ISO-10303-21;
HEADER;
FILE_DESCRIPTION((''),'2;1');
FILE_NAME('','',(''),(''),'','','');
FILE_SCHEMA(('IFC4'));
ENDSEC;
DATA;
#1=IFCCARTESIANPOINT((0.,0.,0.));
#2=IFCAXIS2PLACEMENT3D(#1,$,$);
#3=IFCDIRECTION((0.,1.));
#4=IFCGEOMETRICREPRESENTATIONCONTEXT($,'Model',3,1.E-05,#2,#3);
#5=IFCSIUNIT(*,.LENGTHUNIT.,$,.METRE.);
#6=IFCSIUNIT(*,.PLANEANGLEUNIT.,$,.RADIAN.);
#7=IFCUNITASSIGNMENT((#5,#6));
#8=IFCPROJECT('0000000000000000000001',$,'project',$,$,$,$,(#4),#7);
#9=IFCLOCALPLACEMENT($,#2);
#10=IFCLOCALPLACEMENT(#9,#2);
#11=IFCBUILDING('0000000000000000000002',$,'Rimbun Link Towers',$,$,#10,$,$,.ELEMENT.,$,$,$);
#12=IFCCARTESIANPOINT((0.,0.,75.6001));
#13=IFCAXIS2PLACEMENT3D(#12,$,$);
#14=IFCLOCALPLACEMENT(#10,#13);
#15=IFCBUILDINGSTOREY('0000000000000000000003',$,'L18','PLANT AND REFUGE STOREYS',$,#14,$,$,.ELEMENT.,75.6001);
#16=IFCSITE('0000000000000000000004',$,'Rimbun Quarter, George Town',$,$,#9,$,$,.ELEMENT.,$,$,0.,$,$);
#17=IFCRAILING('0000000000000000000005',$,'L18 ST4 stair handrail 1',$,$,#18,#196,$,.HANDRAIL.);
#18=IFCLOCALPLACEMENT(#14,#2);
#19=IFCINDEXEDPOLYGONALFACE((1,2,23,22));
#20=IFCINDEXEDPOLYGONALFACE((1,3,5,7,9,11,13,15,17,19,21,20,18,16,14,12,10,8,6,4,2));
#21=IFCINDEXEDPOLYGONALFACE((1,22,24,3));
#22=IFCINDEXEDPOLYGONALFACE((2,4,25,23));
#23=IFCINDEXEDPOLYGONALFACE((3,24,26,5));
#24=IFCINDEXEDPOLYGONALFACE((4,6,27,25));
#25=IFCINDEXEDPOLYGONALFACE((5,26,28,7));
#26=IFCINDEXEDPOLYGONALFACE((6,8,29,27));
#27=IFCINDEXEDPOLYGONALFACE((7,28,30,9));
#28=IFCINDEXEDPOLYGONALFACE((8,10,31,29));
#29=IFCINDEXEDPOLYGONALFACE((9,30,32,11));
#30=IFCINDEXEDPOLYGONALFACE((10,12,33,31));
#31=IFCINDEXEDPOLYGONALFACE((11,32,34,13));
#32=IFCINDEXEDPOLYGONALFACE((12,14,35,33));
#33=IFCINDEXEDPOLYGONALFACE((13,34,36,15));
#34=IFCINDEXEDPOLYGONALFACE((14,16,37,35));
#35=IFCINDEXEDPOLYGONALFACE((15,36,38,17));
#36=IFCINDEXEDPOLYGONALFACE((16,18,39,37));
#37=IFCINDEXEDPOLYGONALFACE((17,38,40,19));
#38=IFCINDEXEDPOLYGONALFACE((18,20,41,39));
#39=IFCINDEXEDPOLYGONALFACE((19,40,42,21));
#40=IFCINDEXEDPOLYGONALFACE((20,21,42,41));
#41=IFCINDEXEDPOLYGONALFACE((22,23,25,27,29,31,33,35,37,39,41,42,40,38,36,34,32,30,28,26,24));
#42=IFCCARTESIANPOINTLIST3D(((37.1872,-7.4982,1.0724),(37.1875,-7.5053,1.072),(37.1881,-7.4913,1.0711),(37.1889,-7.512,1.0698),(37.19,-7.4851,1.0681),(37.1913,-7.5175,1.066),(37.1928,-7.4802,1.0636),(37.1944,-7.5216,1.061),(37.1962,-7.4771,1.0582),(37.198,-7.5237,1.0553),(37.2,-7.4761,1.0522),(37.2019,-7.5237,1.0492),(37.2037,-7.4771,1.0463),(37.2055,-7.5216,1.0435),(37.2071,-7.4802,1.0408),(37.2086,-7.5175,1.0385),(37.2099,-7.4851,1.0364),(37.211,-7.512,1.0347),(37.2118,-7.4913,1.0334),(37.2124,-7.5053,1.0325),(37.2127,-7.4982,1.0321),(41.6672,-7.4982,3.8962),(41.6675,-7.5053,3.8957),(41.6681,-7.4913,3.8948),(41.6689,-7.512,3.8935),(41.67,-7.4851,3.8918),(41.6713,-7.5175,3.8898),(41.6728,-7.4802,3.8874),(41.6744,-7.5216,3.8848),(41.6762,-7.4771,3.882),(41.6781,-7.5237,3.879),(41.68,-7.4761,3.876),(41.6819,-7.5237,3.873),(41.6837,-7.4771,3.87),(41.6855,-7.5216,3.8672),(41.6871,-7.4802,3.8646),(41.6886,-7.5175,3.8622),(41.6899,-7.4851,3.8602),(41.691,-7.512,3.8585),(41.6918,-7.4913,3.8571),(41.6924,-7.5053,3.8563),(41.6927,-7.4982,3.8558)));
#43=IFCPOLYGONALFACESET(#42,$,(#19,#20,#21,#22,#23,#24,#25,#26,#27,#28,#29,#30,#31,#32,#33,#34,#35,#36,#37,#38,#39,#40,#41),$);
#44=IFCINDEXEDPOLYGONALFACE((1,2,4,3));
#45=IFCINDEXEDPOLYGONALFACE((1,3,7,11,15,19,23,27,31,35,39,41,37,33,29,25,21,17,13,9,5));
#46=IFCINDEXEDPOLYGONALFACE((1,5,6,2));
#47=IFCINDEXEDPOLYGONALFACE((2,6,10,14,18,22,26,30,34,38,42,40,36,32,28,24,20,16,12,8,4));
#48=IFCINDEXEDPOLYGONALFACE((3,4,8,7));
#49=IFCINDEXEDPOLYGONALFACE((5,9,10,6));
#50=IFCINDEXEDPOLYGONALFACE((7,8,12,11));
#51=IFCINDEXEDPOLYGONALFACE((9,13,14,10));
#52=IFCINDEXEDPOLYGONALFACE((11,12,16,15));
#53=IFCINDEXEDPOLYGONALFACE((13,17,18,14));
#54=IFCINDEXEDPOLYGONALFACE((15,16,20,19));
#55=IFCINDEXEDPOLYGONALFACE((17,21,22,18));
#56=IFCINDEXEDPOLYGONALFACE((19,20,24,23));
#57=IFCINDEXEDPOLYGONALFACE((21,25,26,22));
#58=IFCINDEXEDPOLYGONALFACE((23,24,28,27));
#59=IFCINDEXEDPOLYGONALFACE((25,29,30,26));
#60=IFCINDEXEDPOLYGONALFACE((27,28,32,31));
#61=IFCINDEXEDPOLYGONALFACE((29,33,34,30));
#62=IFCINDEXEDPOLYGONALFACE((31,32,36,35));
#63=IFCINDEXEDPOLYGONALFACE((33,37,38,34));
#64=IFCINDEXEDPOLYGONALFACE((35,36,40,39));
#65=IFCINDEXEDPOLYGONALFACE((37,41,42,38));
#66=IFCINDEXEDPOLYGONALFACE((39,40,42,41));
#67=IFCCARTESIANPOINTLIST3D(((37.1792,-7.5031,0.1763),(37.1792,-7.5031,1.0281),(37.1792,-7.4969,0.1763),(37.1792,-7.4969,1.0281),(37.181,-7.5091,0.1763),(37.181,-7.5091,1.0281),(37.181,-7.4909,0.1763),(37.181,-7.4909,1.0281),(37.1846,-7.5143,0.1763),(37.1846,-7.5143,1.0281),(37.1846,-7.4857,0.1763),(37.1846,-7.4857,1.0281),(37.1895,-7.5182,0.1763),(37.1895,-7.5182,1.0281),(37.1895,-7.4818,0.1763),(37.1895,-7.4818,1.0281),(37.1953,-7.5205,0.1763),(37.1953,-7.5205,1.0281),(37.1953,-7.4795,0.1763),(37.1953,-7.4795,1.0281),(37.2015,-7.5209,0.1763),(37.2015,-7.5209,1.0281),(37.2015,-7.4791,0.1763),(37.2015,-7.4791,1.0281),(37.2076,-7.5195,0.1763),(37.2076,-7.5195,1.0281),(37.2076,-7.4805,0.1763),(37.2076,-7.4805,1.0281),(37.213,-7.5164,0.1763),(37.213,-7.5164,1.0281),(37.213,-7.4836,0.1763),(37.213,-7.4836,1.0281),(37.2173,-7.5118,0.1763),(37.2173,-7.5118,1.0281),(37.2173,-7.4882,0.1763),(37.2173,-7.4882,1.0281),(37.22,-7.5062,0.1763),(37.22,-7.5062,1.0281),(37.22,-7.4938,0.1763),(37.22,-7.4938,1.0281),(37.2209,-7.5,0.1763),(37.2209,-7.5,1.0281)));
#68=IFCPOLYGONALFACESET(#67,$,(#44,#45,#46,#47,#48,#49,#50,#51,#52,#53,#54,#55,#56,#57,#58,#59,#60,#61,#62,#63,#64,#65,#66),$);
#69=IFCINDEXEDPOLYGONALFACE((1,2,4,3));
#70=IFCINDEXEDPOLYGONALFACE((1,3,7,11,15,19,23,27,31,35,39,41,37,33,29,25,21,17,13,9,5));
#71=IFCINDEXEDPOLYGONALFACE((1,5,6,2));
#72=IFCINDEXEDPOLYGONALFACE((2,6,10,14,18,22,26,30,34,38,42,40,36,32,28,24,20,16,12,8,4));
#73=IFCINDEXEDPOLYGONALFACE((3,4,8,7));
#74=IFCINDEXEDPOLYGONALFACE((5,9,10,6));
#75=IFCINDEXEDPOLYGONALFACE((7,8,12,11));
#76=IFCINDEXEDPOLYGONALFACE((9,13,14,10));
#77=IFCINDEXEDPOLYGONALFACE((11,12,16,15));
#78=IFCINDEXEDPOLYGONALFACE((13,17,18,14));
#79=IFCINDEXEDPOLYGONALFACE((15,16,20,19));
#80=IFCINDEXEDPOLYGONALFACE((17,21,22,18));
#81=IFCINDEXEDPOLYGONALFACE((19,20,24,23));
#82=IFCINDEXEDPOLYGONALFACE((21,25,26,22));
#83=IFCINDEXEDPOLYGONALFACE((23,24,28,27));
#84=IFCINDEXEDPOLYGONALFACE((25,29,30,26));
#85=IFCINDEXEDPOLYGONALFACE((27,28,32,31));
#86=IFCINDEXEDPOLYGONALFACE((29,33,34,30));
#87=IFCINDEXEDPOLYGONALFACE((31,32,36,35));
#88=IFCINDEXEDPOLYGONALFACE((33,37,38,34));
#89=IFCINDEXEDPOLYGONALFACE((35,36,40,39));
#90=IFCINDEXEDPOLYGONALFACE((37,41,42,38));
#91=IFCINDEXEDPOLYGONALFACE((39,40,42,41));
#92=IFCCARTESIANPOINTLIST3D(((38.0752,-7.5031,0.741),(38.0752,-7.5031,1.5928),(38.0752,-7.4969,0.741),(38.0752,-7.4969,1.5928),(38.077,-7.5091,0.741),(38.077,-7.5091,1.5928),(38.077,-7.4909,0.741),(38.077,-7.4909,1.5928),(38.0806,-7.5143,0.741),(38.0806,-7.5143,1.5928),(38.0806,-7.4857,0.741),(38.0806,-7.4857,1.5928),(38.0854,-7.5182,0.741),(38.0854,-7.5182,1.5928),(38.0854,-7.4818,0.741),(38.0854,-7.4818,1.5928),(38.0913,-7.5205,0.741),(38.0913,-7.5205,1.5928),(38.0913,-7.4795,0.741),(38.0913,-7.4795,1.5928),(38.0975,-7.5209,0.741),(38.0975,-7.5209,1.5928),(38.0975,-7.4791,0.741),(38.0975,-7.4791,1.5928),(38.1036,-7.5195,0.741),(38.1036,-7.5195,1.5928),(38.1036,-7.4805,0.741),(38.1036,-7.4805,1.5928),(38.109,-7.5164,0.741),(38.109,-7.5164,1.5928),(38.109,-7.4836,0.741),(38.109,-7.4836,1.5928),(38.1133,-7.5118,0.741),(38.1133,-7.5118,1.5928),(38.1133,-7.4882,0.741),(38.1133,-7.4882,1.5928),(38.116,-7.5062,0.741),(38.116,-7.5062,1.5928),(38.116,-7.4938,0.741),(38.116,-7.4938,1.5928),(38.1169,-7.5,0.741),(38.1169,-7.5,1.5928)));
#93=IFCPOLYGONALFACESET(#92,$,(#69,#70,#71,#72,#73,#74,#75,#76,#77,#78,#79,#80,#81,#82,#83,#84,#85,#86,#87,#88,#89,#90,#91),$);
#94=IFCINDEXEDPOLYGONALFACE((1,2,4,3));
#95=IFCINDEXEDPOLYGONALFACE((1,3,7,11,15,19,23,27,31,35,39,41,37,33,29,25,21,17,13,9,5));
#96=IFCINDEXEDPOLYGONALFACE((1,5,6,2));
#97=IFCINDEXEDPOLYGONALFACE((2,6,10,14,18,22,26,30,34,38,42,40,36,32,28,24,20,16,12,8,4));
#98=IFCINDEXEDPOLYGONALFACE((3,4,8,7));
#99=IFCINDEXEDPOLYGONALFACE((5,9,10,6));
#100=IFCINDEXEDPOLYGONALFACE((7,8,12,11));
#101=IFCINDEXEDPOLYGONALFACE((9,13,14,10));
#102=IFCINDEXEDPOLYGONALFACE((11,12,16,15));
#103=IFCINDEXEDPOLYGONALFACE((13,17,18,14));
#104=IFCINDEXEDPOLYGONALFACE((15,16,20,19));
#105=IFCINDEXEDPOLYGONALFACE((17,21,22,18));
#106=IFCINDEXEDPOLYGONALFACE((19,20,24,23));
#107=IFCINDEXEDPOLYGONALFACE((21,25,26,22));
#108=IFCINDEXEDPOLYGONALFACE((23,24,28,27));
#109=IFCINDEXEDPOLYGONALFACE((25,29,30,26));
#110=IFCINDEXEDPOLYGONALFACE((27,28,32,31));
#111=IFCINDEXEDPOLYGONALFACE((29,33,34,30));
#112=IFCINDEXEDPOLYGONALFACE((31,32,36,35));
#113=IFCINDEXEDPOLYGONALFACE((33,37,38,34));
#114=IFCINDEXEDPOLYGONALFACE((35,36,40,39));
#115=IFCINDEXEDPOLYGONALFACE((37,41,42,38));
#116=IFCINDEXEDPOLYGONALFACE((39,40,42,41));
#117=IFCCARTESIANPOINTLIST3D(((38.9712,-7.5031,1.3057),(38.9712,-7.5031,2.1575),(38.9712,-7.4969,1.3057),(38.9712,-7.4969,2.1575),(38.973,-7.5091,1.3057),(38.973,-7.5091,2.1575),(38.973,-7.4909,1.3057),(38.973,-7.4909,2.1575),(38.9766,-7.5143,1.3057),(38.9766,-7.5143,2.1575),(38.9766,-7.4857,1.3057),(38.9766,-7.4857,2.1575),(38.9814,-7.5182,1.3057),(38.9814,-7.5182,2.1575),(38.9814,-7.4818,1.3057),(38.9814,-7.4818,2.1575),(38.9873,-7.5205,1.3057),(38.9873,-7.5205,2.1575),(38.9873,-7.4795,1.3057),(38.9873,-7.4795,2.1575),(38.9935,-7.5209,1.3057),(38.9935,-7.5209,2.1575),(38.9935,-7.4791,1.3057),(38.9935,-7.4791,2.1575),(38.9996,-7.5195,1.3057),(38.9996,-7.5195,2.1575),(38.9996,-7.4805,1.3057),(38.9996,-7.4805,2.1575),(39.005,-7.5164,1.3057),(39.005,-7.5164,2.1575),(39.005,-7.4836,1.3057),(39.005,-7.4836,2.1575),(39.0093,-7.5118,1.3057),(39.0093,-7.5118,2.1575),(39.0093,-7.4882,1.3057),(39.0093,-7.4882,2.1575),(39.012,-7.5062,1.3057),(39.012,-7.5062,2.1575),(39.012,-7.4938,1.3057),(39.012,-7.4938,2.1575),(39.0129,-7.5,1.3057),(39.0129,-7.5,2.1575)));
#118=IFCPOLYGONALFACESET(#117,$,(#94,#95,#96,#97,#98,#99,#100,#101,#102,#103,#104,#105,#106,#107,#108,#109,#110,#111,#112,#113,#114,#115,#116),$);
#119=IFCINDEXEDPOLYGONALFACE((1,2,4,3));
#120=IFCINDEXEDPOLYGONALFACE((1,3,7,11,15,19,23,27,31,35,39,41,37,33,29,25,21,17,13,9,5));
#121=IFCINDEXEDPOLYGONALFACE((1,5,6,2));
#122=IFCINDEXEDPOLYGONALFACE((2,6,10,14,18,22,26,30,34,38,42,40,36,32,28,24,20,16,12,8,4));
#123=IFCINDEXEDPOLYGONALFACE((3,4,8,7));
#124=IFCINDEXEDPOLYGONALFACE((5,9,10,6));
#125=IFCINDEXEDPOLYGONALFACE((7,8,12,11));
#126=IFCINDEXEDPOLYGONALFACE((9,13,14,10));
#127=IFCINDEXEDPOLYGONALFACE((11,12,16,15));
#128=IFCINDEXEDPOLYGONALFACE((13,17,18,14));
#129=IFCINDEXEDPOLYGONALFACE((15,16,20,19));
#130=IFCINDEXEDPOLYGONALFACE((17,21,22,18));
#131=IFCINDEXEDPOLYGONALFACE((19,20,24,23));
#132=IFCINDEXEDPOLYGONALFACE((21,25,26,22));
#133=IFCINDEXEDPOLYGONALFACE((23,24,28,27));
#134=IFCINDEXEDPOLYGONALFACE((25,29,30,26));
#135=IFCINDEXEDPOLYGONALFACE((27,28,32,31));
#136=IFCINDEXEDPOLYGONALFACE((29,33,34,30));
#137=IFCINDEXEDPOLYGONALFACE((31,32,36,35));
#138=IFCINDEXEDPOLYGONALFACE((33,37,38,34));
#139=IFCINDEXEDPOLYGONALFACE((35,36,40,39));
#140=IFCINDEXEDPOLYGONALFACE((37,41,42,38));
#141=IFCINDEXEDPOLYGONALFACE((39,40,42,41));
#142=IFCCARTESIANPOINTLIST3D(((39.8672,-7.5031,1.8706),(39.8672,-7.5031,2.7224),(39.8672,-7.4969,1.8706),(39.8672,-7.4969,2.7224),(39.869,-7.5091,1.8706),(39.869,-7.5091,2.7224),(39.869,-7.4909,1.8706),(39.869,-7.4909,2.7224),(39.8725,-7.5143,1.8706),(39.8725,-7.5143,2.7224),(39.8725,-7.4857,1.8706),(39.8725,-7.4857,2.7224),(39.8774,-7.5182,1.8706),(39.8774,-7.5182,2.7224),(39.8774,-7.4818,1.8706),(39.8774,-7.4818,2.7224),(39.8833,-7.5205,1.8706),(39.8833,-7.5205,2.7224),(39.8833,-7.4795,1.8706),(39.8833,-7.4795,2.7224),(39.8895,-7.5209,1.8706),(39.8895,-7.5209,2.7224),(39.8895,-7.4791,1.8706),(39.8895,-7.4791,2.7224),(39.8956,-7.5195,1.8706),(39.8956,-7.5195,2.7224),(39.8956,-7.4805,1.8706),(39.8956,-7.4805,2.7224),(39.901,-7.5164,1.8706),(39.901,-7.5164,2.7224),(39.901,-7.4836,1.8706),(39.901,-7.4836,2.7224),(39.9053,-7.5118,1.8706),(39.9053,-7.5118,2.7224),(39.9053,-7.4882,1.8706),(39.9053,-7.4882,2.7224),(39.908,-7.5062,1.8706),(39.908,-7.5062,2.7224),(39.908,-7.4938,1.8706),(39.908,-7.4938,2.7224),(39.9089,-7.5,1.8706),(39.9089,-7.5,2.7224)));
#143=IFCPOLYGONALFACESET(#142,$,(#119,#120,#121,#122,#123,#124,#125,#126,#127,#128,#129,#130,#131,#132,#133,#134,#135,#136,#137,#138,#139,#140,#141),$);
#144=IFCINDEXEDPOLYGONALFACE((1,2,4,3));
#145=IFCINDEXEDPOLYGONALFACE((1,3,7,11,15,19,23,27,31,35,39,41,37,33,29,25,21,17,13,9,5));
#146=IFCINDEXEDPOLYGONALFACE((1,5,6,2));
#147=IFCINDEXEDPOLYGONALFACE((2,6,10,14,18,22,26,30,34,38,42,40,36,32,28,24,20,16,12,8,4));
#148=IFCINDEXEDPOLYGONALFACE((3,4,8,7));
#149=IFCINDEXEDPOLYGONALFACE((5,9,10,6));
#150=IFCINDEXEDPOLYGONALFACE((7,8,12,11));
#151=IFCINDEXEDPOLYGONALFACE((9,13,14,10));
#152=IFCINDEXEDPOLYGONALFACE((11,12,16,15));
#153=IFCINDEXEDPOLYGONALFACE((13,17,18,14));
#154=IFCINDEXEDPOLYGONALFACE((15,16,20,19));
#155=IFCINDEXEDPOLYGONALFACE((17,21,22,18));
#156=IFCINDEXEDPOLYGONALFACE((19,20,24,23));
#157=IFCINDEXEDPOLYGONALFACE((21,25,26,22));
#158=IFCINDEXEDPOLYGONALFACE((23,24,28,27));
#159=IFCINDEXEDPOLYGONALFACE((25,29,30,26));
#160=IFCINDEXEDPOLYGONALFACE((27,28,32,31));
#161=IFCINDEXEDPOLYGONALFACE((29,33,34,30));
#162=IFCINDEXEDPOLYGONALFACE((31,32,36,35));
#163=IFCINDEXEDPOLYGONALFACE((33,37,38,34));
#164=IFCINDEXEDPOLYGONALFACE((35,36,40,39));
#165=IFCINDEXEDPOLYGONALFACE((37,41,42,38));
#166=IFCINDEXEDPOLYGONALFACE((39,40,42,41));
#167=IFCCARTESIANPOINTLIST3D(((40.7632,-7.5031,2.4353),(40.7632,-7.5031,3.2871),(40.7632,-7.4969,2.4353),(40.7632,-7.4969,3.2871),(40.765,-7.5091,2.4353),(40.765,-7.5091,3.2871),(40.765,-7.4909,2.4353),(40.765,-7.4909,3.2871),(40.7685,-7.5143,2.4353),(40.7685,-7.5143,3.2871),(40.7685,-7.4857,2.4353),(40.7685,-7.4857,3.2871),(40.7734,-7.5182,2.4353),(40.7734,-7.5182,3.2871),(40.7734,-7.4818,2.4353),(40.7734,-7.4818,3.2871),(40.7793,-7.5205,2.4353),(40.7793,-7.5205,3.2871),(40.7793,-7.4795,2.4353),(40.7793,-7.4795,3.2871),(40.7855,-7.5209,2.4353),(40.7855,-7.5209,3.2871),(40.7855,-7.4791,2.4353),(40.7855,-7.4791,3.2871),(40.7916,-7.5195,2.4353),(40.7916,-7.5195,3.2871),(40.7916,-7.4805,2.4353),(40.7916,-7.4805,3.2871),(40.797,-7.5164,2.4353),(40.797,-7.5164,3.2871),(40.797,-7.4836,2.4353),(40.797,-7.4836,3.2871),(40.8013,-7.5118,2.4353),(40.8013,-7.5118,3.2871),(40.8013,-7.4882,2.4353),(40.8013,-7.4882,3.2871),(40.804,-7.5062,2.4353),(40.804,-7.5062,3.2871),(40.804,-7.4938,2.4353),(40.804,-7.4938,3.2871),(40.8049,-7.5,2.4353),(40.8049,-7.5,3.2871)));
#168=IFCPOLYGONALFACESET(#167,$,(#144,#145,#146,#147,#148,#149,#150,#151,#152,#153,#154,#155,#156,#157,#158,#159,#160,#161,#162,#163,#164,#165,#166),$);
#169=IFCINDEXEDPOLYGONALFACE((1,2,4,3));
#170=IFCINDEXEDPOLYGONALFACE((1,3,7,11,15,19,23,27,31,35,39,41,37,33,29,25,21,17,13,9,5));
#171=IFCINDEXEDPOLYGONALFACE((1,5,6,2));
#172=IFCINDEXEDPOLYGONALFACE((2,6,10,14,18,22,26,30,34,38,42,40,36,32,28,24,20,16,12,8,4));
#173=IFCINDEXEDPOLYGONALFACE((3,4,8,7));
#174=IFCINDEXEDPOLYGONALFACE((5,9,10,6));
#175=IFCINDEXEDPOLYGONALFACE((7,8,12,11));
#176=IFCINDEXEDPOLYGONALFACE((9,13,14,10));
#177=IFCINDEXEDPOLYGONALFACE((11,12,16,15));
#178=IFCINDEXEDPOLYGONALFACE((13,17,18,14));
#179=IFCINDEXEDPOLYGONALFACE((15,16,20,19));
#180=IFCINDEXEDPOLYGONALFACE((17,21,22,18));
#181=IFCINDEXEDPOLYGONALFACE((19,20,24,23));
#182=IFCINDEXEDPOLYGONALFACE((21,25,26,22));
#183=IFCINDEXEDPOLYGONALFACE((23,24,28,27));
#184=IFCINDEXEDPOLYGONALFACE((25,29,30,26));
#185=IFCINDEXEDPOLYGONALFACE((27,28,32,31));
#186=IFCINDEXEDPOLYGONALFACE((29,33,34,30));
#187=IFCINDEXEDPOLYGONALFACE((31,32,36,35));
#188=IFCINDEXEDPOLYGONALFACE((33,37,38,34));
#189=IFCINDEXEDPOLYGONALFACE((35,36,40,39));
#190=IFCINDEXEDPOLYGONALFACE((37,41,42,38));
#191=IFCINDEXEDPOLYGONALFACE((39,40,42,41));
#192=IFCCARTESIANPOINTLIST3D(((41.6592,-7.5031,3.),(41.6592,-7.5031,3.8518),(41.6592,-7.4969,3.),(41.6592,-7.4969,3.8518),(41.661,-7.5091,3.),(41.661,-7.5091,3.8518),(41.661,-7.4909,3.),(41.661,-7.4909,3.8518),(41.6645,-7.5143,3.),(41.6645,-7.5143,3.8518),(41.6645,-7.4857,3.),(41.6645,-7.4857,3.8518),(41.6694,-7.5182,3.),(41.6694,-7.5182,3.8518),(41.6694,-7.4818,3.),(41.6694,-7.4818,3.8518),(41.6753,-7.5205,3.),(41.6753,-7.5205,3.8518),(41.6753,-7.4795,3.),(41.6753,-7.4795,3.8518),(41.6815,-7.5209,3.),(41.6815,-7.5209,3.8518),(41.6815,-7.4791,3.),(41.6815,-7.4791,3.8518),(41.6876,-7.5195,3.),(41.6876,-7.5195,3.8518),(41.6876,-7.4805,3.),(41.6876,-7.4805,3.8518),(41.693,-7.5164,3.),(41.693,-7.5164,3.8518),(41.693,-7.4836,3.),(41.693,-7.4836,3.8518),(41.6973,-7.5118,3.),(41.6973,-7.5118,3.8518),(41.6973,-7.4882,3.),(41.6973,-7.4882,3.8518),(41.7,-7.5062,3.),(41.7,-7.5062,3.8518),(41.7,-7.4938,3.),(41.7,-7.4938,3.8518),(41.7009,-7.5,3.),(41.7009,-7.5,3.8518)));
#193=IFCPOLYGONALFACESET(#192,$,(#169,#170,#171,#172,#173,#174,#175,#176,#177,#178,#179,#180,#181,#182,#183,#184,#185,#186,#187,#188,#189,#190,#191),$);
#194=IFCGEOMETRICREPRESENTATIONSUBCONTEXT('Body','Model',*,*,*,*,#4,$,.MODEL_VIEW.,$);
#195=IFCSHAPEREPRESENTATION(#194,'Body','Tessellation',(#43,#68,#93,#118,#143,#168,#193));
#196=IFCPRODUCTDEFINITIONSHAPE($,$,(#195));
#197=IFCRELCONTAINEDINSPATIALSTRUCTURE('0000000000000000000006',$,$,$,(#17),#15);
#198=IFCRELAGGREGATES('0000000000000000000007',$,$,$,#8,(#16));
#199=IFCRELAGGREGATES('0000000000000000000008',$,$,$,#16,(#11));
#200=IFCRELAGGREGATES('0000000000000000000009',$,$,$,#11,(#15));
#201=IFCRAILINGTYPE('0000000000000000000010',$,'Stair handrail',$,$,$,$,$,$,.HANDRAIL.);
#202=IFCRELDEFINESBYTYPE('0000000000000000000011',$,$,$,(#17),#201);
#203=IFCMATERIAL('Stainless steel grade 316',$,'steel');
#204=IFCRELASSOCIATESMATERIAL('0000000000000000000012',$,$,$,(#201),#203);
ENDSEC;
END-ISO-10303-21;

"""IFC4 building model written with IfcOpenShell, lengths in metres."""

from ifc_helpers import new_model, si_unit, direction, frame, origin, origin_2d, place, context, subcontext, project, spatial, circle, extrude, material, type_object, element, save


model = new_model("IFC4")

# Units and contexts
model_context = context("Model", 3, precision=1e-05, world=origin(), true_north=direction((0.0, 1.0)))
body_context = subcontext(model_context, "Body", "Model", "MODEL_VIEW")
ifc_project = project(units=[si_unit("LENGTHUNIT", "METRE"), si_unit("PLANEANGLEUNIT", "RADIAN")], contexts=[model_context])

# Site, building, storey
site_placement = place(None, origin())
site = spatial("IfcSite", under=ifc_project, at=site_placement, Name="Rimbun Quarter, George Town", CompositionType="ELEMENT", RefElevation=0.0)
building_placement = place(site_placement, origin())
building = spatial("IfcBuilding", under=site, at=building_placement, Name="Rimbun Link Towers", CompositionType="ELEMENT")
storey_placement = place(building_placement, frame((0.0, 0.0, 75.6001)))
storey = spatial("IfcBuildingStorey", under=building, at=storey_placement, Name="L18", Description="PLANT AND REFUGE STOREYS", CompositionType="ELEMENT", Elevation=75.6001)

# Railing
ifc_material_1 = material(Name="Stainless steel grade 316", Category="steel")
railing_type_1 = type_object("IfcRailingType", Name="Stair handrail", PredefinedType="HANDRAIL", material=ifc_material_1)
railing_1_placement = place(storey_placement, frame((37.2, -7.5, 0.1763)))
element("IfcRailing", 1, at=railing_1_placement, inside=storey, type_object=railing_type_1, Name="L18 ST4 stair handrail 1", PredefinedType="HANDRAIL", context=body_context, shape_type="SweptSolid", body=[
    extrude(circle(Radius=0.0239, at=origin_2d()), frame((0.0, 0.0, 0.876), z_axis=(0.845977, 0.0, 0.533219), x_axis=(0.0, 1.0, 0.0)), (0.0, 0.0, 1.0), 5.2957),
    extrude(circle(Radius=0.021, at=origin_2d()), origin(), (0.0, 0.0, 1.0), 0.8518),
    extrude(circle(Radius=0.021, at=origin_2d()), frame((0.896, 0.0, 0.5647)), (0.0, 0.0, 1.0), 0.8518),
    extrude(circle(Radius=0.021, at=origin_2d()), frame((1.792, 0.0, 1.1294)), (0.0, 0.0, 1.0), 0.8518),
    extrude(circle(Radius=0.021, at=origin_2d()), frame((2.688, 0.0, 1.6943)), (0.0, 0.0, 1.0), 0.8518),
    extrude(circle(Radius=0.021, at=origin_2d()), frame((3.584, 0.0, 2.259)), (0.0, 0.0, 1.0), 0.8518),
    extrude(circle(Radius=0.021, at=origin_2d()), frame((4.48, 0.0, 2.8237)), (0.0, 0.0, 1.0), 0.8518),
])

save(model, "model.ifc")
